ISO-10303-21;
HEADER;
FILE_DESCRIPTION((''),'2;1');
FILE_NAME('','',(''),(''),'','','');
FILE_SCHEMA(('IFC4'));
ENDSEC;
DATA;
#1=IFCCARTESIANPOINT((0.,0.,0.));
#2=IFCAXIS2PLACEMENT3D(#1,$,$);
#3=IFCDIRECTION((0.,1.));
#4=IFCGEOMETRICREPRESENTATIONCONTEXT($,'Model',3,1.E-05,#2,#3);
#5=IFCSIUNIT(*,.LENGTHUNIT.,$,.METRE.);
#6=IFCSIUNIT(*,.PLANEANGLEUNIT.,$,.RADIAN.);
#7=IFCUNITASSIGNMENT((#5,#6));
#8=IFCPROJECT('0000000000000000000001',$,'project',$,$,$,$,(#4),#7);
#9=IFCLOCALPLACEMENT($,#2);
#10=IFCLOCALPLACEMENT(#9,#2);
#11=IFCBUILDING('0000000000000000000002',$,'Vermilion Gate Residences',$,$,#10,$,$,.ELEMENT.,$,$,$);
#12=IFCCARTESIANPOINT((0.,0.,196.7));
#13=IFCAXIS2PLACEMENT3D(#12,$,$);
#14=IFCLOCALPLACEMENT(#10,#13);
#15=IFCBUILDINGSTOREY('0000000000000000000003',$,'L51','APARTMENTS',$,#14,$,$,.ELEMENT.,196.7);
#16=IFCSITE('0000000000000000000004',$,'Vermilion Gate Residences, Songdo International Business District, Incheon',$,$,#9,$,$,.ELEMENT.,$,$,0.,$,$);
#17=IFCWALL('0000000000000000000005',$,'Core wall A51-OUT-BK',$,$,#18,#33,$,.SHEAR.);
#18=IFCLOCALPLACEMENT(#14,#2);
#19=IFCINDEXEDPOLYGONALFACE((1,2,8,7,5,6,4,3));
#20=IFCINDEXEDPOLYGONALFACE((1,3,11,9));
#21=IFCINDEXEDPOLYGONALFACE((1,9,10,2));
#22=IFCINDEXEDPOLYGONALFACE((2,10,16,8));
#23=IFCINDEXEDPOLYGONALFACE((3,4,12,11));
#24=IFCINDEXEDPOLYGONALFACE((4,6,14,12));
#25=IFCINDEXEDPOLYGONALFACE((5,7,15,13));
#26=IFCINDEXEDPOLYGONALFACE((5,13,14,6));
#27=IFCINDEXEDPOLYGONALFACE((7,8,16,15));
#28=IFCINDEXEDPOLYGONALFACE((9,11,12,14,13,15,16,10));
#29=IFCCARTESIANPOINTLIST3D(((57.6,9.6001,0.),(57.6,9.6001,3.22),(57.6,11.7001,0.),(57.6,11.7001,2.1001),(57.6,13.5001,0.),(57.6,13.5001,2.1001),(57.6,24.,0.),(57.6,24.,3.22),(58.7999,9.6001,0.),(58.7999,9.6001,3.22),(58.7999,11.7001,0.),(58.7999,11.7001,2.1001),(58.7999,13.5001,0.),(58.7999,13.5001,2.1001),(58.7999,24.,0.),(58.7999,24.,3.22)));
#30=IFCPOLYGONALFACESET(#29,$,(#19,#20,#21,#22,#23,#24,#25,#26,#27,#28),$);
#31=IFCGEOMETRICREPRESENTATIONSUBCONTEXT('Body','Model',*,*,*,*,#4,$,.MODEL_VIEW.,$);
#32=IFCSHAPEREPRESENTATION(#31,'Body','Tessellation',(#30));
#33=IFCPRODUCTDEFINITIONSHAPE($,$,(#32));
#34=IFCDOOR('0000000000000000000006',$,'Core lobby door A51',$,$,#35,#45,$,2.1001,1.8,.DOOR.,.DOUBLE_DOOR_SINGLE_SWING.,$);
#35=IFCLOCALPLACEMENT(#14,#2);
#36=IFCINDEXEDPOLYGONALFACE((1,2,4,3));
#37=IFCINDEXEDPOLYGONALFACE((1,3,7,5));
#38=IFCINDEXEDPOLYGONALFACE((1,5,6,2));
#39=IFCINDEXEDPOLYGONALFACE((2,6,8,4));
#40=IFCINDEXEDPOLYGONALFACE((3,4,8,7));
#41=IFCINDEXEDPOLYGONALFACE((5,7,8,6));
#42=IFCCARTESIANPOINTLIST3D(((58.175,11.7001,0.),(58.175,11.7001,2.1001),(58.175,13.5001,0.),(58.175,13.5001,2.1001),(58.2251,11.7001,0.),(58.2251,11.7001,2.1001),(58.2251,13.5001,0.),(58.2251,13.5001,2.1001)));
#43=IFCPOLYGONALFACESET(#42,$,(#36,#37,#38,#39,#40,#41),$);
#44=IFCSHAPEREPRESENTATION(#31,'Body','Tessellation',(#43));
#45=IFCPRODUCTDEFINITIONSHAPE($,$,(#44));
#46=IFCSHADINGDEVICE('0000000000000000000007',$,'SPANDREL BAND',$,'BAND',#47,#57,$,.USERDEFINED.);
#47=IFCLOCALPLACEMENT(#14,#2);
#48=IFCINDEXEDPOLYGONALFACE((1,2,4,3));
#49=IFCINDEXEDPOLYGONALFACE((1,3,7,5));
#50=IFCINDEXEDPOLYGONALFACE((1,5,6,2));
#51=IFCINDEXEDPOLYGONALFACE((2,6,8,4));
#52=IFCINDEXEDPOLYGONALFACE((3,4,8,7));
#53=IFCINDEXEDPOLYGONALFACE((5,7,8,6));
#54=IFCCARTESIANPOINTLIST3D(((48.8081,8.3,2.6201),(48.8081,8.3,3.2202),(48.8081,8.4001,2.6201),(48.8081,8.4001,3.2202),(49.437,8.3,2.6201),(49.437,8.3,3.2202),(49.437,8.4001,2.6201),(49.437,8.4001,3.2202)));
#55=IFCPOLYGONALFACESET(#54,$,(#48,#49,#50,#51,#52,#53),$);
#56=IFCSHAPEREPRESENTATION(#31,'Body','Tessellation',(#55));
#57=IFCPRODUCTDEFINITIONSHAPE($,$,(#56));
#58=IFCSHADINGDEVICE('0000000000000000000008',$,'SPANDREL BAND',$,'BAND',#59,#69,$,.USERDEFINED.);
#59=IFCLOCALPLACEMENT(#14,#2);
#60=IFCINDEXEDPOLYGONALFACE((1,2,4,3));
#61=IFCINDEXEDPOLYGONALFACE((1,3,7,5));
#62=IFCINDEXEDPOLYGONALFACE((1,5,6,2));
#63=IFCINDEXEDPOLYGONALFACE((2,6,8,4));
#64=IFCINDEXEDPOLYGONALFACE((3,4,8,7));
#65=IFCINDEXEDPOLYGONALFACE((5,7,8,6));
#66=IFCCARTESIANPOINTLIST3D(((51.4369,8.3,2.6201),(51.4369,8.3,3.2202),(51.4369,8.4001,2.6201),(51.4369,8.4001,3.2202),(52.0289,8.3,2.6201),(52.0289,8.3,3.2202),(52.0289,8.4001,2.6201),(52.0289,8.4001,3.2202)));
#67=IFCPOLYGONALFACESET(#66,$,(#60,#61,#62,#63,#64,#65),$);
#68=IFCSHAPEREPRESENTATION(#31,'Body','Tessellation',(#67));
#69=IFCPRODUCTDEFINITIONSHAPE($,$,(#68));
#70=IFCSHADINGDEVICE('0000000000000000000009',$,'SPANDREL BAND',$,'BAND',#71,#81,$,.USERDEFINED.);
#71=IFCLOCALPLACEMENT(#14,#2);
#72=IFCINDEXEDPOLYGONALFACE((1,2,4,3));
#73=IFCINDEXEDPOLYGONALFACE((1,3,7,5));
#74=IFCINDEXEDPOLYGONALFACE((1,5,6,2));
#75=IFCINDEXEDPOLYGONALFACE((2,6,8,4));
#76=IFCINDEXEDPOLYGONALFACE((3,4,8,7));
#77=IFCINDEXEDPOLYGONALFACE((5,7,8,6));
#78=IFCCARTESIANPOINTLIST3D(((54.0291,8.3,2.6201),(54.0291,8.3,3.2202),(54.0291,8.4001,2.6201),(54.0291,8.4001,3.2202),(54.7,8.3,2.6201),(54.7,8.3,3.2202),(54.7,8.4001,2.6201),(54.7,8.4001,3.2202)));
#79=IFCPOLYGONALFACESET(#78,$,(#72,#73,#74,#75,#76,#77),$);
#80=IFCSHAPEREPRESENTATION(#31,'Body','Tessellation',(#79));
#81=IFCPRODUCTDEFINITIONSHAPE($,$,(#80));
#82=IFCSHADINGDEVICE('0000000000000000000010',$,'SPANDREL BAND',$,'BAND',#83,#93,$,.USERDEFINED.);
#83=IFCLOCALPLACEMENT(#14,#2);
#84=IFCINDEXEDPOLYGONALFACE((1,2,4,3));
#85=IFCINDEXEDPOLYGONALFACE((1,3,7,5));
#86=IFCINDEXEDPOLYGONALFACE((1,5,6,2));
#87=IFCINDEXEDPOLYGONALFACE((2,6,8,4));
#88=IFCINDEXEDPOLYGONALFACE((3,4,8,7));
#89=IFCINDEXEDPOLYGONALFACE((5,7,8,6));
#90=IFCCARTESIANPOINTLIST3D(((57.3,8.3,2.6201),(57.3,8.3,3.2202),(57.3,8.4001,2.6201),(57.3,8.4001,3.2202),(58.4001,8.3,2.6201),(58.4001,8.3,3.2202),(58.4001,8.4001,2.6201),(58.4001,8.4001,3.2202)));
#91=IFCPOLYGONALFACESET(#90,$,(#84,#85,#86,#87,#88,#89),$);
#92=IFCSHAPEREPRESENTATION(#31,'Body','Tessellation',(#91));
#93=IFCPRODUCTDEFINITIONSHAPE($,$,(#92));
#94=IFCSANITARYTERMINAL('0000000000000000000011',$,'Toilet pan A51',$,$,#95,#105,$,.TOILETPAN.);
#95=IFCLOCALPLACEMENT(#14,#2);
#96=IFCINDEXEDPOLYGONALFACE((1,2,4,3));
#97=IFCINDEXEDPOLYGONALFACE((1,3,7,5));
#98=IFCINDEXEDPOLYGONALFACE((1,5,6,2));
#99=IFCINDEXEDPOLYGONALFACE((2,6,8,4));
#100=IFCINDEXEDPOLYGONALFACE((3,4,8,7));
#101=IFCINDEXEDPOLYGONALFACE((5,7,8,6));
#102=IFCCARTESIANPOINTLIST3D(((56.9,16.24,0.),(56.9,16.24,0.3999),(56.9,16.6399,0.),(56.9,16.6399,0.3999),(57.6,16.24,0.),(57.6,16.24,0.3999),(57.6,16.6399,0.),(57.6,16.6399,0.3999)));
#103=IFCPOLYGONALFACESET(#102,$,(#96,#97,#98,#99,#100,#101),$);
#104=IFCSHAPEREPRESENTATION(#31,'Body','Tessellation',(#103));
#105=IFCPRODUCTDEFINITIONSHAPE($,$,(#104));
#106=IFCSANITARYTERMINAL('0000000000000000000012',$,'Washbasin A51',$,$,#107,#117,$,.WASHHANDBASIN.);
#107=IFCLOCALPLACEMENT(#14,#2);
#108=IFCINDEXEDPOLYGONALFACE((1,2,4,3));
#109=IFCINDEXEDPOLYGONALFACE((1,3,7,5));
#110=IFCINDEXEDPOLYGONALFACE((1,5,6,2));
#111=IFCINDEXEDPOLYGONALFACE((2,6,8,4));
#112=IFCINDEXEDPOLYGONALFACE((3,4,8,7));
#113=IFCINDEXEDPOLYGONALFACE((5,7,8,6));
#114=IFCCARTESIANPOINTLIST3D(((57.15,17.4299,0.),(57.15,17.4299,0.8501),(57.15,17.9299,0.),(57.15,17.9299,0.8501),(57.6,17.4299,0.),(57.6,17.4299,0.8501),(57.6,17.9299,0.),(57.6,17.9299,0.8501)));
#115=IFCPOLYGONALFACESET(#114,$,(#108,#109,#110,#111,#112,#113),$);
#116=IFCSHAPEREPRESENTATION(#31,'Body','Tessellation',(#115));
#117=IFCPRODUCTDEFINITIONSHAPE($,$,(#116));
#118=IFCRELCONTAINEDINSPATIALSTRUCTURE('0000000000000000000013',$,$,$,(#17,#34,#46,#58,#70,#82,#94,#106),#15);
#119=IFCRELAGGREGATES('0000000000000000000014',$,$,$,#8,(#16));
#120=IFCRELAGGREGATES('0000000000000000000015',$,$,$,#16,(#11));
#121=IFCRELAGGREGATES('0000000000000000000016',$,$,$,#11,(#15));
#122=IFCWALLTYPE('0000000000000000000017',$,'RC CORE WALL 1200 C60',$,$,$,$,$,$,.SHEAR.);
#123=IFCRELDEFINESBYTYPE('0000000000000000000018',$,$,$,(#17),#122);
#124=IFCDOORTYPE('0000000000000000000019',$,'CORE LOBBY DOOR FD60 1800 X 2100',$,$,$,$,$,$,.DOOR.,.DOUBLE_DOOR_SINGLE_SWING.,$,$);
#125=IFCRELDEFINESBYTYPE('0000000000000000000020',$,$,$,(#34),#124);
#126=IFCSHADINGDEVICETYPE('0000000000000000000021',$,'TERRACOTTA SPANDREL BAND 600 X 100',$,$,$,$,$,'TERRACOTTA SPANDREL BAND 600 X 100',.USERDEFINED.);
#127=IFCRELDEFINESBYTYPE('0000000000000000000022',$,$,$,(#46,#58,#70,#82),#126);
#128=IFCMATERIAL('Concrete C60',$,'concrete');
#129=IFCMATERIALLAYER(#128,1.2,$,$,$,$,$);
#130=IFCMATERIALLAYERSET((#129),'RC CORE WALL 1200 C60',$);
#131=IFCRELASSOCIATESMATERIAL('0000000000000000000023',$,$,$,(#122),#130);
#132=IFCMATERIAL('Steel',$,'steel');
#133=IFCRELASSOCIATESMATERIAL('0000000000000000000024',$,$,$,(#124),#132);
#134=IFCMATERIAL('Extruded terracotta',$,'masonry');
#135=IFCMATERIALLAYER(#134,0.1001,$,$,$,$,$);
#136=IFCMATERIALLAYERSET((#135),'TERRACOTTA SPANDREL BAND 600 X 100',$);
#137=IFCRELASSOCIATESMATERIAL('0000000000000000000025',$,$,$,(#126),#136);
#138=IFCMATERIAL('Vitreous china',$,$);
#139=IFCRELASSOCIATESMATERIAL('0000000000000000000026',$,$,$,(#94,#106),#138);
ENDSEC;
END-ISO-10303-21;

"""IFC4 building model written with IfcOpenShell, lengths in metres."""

from ifc_helpers import new_model, si_unit, direction, frame, frame_2d, origin, origin_2d, place, context, subcontext, project, spatial, rectangle, extrude, material, layer, layer_set, type_object, element, fill, save


model = new_model("IFC4")

# Units and contexts
model_context = context("Model", 3, precision=1e-05, world=origin(), true_north=direction((0.0, 1.0)))
body_context = subcontext(model_context, "Body", "Model", "MODEL_VIEW")
ifc_project = project(units=[si_unit("LENGTHUNIT", "METRE"), si_unit("PLANEANGLEUNIT", "RADIAN")], contexts=[model_context])

# Site, building, storey
site_placement = place(None, origin())
site = spatial("IfcSite", under=ifc_project, at=site_placement, Name="Vermilion Gate Residences, Songdo International Business District, Incheon", CompositionType="ELEMENT", RefElevation=0.0)
building_placement = place(site_placement, origin())
building = spatial("IfcBuilding", under=site, at=building_placement, Name="Vermilion Gate Residences", CompositionType="ELEMENT")
storey_placement = place(building_placement, frame((0.0, 0.0, 196.7)))
storey = spatial("IfcBuildingStorey", under=building, at=storey_placement, Name="L51", Description="APARTMENTS", CompositionType="ELEMENT", Elevation=196.7)

# Wall, opening, door
ifc_material_1 = material(Name="Concrete C60", Category="concrete")
ifc_layer_1 = layer(ifc_material_1, 1.2)
ifc_layer_set_1 = layer_set([ifc_layer_1], Name="RC CORE WALL 1200 C60")
wall_type_1 = type_object("IfcWallType", Name="RC CORE WALL 1200 C60", PredefinedType="SHEAR", material=ifc_layer_set_1)
wall_1_placement = place(storey_placement, frame((58.2, 9.6001, 0.0), z_axis=(0.0, 0.0, 1.0), x_axis=(0.0, 1.0, 0.0)))
wall_1 = element("IfcWall", 1, at=wall_1_placement, inside=storey, type_object=wall_type_1, Name="Core wall A51-OUT-BK", PredefinedType="SHEAR", context=body_context, shape_type="SweptSolid", body=[
    extrude(rectangle(XDim=14.3999, YDim=1.2, at=frame_2d((7.2, 0.0))), origin(), (0.0, 0.0, 1.0), 3.22),
])
opening_1_placement = place(wall_1_placement, frame((2.1001, 0.0, 0.0)))
opening_1 = element("IfcOpeningElement", 2, at=opening_1_placement, cuts=wall_1, PredefinedType="OPENING", context=body_context, shape_type="SweptSolid", body=[
    extrude(rectangle(XDim=1.8, YDim=2.1001, at=frame_2d((0.8999, 1.05))), frame((0.0, 0.6099, 0.0), z_axis=(0.0, -1.0, 0.0), x_axis=(1.0, 0.0, 0.0)), (0.0, 0.0, 1.0), 1.22),
])
ifc_material_2 = material(Name="Steel", Category="steel")
door_type_1 = type_object("IfcDoorType", Name="CORE LOBBY DOOR FD60 1800 X 2100", OperationType="DOUBLE_DOOR_SINGLE_SWING", PredefinedType="DOOR", material=ifc_material_2)
door_1_placement = place(opening_1_placement, origin())
door_1 = element("IfcDoor", 3, at=door_1_placement, inside=storey, type_object=door_type_1, Name="Core lobby door A51", OperationType="DOUBLE_DOOR_SINGLE_SWING", OverallHeight=2.1001, OverallWidth=1.8, PredefinedType="DOOR", context=body_context, shape_type="SweptSolid", body=[
    extrude(rectangle(XDim=1.8, YDim=2.1001, at=frame_2d((0.8999, 1.05))), frame((0.0, 0.0249, 0.0), z_axis=(0.0, -1.0, 0.0), x_axis=(1.0, 0.0, 0.0)), (0.0, 0.0, 1.0), 0.05),
])
fill(opening_1, door_1)

# Shading devices
ifc_material_3 = material(Name="Extruded terracotta", Category="masonry")
ifc_layer_2 = layer(ifc_material_3, 0.1001)
ifc_layer_set_2 = layer_set([ifc_layer_2], Name="TERRACOTTA SPANDREL BAND 600 X 100")
shading_device_type = type_object("IfcShadingDeviceType", Name="TERRACOTTA SPANDREL BAND 600 X 100", ElementType="TERRACOTTA SPANDREL BAND 600 X 100", PredefinedType="USERDEFINED", material=ifc_layer_set_2)
shading_device_1_placement = place(storey_placement, frame((49.1226, 8.3501, 2.6201), z_axis=(0.0, 0.0, 1.0), x_axis=(1.0, 0.0, 0.0)))
element("IfcShadingDevice", 4, at=shading_device_1_placement, inside=storey, type_object=shading_device_type, Name="SPANDREL BAND", ObjectType="BAND", PredefinedType="USERDEFINED", context=body_context, shape_type="SweptSolid", body=[
    extrude(rectangle(XDim=0.6289, YDim=0.1001, at=origin_2d()), origin(), (0.0, 0.0, 1.0), 0.6001),
])
shading_device_2_placement = place(storey_placement, frame((51.7329, 8.3501, 2.6201), z_axis=(0.0, 0.0, 1.0), x_axis=(1.0, 0.0, 0.0)))
element("IfcShadingDevice", 5, at=shading_device_2_placement, inside=storey, type_object=shading_device_type, Name="SPANDREL BAND", ObjectType="BAND", PredefinedType="USERDEFINED", context=body_context, shape_type="SweptSolid", body=[
    extrude(rectangle(XDim=0.592, YDim=0.1001, at=origin_2d()), origin(), (0.0, 0.0, 1.0), 0.6001),
])
shading_device_3_placement = place(storey_placement, frame((54.3645, 8.3501, 2.6201), z_axis=(0.0, 0.0, 1.0), x_axis=(1.0, 0.0, 0.0)))
element("IfcShadingDevice", 6, at=shading_device_3_placement, inside=storey, type_object=shading_device_type, Name="SPANDREL BAND", ObjectType="BAND", PredefinedType="USERDEFINED", context=body_context, shape_type="SweptSolid", body=[
    extrude(rectangle(XDim=0.6709, YDim=0.1001, at=origin_2d()), origin(), (0.0, 0.0, 1.0), 0.6001),
])
shading_device_4_placement = place(storey_placement, frame((57.8501, 8.3501, 2.6201), z_axis=(0.0, 0.0, 1.0), x_axis=(1.0, 0.0, 0.0)))
element("IfcShadingDevice", 7, at=shading_device_4_placement, inside=storey, type_object=shading_device_type, Name="SPANDREL BAND", ObjectType="BAND", PredefinedType="USERDEFINED", context=body_context, shape_type="SweptSolid", body=[
    extrude(rectangle(XDim=1.1001, YDim=0.1001, at=origin_2d()), origin(), (0.0, 0.0, 1.0), 0.6001),
])

# Sanitary terminals
ifc_material_4 = material(Name="Vitreous china")
sanitary_terminal_1_placement = place(storey_placement, frame((57.25, 16.4399, 0.0), z_axis=(0.0, 0.0, 1.0), x_axis=(1.0, 0.0, 0.0)))
element("IfcSanitaryTerminal", 8, at=sanitary_terminal_1_placement, inside=storey, material=ifc_material_4, Name="Toilet pan A51", PredefinedType="TOILETPAN", context=body_context, shape_type="SweptSolid", body=[
    extrude(rectangle(XDim=0.7, YDim=0.3999, at=origin_2d()), origin(), (0.0, 0.0, 1.0), 0.3999),
])
sanitary_terminal_2_placement = place(storey_placement, frame((57.375, 17.6799, 0.0), z_axis=(0.0, 0.0, 1.0), x_axis=(1.0, 0.0, 0.0)))
element("IfcSanitaryTerminal", 9, at=sanitary_terminal_2_placement, inside=storey, material=ifc_material_4, Name="Washbasin A51", PredefinedType="WASHHANDBASIN", context=body_context, shape_type="SweptSolid", body=[
    extrude(rectangle(XDim=0.45, YDim=0.5, at=origin_2d()), origin(), (0.0, 0.0, 1.0), 0.8501),
])

save(model, "model.ifc")
